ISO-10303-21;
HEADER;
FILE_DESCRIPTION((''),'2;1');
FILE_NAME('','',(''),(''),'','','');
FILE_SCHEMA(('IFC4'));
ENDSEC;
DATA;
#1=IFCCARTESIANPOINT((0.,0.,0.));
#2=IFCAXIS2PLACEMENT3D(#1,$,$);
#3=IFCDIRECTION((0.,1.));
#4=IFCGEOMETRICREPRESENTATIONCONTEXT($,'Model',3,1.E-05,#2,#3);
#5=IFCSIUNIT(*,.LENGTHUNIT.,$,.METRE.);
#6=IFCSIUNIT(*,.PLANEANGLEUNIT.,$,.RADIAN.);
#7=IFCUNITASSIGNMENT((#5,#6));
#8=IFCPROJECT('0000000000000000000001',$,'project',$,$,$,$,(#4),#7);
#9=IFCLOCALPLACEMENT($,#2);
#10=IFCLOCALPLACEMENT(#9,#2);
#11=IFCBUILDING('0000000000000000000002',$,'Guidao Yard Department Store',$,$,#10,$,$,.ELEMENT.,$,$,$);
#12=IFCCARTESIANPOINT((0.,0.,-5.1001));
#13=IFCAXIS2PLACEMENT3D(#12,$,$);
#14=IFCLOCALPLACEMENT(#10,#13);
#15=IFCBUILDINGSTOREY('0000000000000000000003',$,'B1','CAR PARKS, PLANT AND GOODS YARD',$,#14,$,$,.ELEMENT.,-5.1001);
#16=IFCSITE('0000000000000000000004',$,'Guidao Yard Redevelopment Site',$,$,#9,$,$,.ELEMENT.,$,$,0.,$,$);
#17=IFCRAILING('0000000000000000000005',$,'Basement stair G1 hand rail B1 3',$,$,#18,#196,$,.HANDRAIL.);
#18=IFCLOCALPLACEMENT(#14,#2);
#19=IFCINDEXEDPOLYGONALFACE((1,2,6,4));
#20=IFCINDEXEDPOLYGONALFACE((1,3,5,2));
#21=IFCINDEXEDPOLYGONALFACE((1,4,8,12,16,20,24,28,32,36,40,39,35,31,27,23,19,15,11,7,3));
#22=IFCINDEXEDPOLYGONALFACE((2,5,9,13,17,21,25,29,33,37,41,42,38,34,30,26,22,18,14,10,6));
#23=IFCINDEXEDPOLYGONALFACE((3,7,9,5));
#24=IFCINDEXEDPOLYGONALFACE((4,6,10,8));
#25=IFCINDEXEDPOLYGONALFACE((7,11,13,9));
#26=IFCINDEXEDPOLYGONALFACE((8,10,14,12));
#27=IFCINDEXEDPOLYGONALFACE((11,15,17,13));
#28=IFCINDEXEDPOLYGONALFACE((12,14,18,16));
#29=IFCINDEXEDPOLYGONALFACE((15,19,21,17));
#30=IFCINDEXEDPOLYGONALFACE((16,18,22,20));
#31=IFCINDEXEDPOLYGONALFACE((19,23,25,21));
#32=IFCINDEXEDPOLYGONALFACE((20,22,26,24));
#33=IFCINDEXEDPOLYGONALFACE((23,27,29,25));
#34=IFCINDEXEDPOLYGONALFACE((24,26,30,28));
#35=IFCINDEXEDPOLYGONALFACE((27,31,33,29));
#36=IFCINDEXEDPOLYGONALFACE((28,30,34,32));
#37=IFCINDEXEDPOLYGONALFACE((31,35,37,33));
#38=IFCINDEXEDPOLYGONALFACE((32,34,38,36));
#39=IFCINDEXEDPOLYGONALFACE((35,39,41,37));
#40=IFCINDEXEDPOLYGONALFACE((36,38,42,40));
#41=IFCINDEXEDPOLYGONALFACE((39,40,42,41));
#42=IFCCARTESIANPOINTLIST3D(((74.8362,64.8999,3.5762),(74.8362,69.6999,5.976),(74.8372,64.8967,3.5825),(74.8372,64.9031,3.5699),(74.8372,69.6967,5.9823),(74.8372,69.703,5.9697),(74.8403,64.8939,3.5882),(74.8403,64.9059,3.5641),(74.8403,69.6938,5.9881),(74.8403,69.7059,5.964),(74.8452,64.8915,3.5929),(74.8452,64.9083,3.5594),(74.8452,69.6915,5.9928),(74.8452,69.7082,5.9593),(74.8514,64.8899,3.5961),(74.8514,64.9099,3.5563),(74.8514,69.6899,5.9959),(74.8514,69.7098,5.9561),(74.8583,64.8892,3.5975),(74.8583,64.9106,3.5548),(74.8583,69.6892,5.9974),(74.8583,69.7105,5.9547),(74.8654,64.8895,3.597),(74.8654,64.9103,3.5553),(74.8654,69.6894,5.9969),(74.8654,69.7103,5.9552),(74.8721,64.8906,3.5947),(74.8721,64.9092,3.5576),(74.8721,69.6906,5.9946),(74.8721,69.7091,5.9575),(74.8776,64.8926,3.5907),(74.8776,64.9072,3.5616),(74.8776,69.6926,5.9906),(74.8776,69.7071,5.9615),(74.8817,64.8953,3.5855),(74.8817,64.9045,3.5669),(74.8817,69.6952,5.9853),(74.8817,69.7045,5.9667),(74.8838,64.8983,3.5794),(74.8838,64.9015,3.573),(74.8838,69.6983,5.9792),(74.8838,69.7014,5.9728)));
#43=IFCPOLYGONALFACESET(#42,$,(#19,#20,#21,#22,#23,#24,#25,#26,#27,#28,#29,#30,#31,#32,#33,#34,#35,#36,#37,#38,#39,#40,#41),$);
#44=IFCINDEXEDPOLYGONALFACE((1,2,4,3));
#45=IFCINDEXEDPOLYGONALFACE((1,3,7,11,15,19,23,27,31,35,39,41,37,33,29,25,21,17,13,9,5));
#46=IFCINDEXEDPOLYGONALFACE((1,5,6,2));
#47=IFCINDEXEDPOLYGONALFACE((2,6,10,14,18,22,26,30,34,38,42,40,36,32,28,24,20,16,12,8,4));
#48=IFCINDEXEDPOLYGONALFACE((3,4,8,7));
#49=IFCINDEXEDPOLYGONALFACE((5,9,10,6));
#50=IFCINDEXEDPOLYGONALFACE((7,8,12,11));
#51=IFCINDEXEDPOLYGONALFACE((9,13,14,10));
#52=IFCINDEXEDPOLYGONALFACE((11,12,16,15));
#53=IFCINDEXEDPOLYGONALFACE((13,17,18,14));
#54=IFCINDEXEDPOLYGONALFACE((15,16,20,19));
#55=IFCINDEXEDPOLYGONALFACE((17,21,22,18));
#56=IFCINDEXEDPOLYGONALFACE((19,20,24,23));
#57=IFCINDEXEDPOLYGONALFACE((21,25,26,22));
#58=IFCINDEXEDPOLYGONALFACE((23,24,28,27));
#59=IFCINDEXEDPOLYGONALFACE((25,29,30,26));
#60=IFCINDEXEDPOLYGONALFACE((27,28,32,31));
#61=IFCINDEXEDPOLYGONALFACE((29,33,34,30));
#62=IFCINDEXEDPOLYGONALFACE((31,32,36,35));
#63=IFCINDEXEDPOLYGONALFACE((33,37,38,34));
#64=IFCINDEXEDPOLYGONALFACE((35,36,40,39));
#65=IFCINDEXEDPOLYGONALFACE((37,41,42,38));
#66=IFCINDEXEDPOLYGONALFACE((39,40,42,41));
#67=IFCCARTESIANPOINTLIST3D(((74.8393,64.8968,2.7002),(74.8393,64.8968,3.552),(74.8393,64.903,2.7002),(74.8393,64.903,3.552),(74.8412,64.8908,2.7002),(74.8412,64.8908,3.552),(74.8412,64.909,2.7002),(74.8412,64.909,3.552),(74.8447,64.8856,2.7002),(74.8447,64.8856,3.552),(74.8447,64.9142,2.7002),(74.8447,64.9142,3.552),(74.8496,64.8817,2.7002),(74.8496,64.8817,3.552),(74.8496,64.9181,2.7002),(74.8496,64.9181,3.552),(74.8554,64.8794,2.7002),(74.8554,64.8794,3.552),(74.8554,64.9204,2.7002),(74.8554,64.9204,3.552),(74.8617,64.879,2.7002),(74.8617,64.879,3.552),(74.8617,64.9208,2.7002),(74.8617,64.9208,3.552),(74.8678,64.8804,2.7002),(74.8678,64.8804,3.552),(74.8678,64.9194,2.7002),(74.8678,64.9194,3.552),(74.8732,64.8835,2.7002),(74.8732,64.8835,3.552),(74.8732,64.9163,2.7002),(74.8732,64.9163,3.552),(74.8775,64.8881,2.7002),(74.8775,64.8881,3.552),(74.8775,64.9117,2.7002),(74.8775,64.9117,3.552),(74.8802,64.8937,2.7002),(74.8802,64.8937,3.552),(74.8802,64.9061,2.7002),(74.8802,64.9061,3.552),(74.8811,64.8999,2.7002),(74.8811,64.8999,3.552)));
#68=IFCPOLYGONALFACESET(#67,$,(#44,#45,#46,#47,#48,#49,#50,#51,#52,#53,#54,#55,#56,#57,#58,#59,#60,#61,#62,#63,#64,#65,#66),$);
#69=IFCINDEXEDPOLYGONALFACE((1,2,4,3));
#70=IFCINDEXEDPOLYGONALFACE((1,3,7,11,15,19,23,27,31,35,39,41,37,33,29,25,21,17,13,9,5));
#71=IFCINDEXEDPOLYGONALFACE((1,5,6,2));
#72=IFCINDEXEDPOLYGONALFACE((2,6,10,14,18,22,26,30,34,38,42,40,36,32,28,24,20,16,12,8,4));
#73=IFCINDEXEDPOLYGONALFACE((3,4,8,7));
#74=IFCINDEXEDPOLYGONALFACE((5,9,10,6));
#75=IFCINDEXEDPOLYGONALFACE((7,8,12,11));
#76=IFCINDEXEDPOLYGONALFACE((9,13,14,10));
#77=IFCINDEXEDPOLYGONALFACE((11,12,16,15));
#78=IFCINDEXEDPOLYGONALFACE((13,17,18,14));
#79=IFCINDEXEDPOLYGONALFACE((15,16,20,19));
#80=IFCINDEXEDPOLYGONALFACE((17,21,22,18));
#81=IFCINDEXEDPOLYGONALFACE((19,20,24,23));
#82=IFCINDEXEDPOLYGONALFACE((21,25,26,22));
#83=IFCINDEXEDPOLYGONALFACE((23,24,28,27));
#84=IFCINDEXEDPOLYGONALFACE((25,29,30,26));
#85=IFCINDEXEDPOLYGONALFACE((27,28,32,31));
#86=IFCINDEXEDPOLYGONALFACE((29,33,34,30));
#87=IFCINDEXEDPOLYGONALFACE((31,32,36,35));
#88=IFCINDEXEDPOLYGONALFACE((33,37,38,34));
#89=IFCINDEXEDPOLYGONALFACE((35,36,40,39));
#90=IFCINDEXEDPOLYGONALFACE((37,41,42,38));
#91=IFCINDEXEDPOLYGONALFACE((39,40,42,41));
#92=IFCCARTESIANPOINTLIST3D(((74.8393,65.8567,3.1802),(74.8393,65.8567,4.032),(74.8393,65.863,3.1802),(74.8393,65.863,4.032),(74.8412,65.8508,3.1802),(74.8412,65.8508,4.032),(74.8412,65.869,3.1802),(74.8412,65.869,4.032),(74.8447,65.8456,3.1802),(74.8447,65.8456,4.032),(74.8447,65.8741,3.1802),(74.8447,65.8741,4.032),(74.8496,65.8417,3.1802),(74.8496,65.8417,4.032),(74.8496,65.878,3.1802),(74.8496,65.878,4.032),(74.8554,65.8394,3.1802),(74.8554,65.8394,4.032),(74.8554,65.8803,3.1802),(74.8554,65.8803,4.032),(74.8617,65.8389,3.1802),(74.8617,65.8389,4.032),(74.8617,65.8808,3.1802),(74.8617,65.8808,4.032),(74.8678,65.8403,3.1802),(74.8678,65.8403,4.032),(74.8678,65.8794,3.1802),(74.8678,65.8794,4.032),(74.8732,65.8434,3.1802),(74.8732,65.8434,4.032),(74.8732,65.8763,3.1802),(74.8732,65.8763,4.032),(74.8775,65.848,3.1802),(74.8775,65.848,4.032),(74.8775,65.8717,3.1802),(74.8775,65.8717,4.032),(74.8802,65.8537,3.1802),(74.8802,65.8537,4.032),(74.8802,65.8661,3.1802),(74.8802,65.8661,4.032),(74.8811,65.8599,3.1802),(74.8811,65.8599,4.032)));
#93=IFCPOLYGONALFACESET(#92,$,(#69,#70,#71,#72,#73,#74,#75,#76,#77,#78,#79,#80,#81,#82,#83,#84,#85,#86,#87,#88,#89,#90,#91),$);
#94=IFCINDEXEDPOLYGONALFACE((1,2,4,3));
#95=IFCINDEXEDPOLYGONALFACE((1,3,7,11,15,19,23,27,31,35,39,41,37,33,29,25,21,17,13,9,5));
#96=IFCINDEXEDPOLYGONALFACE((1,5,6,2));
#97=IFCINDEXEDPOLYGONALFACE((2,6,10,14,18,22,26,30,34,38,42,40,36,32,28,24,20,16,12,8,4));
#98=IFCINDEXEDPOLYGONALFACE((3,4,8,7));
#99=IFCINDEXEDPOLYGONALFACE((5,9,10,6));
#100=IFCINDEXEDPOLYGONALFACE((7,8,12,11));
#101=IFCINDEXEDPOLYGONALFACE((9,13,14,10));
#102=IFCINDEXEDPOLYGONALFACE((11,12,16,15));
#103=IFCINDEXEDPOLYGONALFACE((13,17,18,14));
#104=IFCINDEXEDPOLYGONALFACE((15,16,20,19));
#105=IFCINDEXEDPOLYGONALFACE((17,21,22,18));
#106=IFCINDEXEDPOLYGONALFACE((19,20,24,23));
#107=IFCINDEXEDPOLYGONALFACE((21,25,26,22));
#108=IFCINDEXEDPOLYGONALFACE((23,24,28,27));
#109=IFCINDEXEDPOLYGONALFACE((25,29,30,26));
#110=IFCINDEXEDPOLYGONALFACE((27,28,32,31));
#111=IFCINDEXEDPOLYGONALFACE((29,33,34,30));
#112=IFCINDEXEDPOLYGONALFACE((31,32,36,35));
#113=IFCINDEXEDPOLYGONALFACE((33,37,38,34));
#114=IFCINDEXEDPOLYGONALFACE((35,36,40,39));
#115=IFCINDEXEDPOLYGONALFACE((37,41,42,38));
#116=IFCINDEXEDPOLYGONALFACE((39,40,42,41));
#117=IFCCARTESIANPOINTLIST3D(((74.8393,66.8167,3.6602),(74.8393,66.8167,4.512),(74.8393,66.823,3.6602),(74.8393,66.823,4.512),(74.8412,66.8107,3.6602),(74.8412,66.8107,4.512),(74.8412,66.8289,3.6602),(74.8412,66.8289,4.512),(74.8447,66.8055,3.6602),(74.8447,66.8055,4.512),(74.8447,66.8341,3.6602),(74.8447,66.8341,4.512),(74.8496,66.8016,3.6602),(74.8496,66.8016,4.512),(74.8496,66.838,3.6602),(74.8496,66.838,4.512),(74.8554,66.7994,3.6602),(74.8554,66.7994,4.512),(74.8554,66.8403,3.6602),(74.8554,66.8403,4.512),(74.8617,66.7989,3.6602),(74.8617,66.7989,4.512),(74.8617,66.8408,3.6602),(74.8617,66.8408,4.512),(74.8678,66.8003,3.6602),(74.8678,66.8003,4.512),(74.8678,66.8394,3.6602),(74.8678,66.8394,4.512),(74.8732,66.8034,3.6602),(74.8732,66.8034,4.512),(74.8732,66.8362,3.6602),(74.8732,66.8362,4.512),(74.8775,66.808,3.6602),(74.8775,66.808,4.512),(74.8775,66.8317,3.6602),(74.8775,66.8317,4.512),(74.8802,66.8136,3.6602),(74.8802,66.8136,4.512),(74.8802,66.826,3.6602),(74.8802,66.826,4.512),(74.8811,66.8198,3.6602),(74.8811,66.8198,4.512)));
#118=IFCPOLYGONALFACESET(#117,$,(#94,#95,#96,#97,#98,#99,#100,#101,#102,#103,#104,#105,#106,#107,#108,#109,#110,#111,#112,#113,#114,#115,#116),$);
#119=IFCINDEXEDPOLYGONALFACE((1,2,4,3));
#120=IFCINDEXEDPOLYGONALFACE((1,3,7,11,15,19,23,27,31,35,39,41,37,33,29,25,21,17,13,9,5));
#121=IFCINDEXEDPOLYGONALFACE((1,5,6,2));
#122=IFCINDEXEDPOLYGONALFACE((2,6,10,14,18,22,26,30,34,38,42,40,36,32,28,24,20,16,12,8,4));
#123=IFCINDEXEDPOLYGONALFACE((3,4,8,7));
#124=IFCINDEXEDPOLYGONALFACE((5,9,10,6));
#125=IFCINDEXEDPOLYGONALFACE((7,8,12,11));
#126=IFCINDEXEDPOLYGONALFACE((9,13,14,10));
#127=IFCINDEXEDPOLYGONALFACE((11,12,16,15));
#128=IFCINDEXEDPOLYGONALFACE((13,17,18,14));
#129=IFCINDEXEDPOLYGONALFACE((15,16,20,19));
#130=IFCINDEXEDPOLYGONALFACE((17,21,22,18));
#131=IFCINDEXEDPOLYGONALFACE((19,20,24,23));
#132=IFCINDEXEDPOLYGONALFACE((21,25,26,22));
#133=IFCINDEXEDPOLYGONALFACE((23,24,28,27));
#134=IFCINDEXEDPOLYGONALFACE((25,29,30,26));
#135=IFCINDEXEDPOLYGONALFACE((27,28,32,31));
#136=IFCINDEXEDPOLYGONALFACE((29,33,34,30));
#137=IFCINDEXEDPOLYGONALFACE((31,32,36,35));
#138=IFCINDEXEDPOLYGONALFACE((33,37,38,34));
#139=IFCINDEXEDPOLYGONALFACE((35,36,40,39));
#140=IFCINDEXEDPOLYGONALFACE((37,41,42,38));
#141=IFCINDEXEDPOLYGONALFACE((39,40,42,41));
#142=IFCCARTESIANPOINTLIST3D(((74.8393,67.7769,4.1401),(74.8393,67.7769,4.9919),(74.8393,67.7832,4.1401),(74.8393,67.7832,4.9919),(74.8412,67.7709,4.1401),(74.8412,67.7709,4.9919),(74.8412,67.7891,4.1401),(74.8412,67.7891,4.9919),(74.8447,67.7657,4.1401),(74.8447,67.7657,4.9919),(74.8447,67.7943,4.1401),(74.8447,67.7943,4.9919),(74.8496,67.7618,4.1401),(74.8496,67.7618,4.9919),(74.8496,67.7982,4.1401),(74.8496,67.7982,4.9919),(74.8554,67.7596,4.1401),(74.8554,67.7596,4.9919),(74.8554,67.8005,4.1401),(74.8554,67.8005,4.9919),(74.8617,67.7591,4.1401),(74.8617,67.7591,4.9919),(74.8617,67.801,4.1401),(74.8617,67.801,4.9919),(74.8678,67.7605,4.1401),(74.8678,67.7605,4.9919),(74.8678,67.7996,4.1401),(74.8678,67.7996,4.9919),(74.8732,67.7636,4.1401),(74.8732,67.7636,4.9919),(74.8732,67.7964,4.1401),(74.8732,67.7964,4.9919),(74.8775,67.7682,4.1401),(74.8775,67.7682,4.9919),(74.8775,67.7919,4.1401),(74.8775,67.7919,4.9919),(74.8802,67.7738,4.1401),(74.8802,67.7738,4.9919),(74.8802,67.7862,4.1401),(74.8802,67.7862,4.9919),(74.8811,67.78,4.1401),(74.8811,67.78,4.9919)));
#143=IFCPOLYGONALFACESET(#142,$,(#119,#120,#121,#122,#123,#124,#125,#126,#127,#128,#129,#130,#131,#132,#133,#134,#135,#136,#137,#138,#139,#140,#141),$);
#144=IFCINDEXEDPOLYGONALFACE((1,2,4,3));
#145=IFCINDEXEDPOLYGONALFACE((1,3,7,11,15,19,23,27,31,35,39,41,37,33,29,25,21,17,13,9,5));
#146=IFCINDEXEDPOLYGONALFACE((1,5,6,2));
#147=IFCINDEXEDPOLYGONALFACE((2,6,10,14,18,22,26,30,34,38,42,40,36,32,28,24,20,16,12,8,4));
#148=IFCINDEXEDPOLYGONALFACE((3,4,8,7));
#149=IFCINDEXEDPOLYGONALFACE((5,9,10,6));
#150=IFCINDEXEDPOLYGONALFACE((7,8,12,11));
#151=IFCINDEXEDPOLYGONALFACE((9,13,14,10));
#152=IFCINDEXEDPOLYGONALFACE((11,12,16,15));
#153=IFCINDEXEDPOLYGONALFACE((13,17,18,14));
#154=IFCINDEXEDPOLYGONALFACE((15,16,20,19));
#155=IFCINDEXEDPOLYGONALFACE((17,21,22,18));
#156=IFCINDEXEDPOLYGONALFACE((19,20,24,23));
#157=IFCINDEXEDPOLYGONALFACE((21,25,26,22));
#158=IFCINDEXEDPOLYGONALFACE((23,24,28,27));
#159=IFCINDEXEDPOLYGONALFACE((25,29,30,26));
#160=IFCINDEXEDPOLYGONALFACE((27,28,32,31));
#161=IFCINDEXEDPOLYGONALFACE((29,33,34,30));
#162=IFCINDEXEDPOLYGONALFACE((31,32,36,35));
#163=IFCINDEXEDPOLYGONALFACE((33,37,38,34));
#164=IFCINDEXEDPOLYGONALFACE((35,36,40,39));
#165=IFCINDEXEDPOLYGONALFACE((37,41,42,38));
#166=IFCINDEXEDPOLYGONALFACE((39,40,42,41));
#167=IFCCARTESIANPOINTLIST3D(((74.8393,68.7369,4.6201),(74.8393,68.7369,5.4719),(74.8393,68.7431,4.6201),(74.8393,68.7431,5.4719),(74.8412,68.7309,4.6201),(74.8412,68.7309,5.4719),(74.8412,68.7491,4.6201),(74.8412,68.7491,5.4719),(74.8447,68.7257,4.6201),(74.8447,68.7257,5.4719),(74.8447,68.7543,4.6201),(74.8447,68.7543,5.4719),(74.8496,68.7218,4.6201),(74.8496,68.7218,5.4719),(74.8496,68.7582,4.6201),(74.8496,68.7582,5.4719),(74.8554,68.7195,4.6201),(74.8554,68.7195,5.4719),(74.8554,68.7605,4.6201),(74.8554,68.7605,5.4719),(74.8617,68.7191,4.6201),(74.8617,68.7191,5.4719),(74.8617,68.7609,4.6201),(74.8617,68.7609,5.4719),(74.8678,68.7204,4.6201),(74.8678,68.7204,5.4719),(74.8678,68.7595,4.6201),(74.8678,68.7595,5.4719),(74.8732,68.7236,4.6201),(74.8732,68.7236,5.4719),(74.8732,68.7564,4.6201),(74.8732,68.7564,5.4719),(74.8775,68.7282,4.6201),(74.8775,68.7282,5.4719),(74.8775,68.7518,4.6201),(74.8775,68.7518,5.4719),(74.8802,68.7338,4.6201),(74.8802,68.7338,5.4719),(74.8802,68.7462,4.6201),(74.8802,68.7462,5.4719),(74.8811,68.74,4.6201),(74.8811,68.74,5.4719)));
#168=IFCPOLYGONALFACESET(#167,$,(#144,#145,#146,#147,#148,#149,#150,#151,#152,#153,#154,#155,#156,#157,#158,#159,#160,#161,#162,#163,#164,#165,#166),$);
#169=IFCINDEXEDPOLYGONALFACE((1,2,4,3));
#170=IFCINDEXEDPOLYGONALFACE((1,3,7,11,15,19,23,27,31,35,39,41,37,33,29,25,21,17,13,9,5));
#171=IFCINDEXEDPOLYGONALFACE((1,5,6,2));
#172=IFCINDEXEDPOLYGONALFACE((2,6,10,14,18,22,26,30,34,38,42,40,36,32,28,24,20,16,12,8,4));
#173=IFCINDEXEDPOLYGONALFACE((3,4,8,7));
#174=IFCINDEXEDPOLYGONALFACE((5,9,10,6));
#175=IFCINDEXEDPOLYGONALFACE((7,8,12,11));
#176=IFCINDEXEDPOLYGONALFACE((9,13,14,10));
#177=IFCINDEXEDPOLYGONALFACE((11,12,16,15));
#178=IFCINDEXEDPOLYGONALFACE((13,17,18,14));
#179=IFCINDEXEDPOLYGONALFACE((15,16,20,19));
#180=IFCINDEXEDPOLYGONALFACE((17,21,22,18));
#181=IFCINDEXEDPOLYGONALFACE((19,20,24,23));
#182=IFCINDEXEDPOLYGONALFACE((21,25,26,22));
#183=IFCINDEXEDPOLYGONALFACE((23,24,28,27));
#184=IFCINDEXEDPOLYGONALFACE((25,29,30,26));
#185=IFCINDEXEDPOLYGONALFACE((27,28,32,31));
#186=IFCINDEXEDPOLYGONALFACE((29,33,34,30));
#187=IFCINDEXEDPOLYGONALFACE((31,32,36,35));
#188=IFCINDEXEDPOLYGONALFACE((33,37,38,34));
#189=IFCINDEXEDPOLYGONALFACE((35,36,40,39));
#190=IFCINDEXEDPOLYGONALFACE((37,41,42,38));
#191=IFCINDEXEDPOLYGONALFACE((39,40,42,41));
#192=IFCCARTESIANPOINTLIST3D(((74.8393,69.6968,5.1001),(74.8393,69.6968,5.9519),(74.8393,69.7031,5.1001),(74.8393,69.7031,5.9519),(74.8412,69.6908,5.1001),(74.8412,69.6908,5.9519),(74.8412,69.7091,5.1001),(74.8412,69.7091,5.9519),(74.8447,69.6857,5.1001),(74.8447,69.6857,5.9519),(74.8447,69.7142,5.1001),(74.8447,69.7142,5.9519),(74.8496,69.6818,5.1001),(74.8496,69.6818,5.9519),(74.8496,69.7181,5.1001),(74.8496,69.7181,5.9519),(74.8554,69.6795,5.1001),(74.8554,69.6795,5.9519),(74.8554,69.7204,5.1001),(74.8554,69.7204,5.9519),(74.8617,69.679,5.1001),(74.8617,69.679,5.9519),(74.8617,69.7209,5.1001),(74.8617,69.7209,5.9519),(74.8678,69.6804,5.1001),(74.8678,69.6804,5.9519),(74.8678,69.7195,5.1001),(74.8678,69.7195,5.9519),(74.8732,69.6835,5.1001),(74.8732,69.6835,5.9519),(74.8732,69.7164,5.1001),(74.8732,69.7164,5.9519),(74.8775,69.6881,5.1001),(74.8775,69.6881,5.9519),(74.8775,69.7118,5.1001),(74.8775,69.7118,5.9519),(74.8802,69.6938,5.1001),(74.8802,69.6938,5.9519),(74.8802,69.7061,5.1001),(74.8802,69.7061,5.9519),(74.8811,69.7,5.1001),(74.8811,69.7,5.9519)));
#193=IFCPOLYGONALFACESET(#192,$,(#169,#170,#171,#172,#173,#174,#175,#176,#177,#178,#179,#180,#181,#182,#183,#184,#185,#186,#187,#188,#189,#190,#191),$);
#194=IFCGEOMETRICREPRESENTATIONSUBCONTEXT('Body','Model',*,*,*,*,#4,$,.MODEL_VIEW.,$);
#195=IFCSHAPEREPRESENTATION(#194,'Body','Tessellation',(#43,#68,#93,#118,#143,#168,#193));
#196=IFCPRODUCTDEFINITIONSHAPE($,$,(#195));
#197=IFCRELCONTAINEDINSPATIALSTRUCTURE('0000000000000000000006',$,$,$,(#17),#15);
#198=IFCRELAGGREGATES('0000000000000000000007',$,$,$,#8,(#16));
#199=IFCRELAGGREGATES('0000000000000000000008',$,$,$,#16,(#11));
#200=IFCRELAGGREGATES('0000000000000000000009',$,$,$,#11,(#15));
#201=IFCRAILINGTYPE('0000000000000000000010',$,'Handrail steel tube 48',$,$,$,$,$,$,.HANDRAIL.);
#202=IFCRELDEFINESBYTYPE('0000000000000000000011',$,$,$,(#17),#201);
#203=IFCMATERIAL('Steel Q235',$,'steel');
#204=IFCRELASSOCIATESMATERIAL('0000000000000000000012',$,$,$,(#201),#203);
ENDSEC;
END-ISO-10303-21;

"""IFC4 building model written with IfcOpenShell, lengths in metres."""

from ifc_helpers import new_model, si_unit, direction, frame, origin, origin_2d, place, context, subcontext, project, spatial, circle, extrude, material, type_object, element, save


model = new_model("IFC4")

# Units and contexts
model_context = context("Model", 3, precision=1e-05, world=origin(), true_north=direction((0.0, 1.0)))
body_context = subcontext(model_context, "Body", "Model", "MODEL_VIEW")
ifc_project = project(units=[si_unit("LENGTHUNIT", "METRE"), si_unit("PLANEANGLEUNIT", "RADIAN")], contexts=[model_context])

# Site, building, storey
site_placement = place(None, origin())
site = spatial("IfcSite", under=ifc_project, at=site_placement, Name="Guidao Yard Redevelopment Site", CompositionType="ELEMENT", RefElevation=0.0)
building_placement = place(site_placement, origin())
building = spatial("IfcBuilding", under=site, at=building_placement, Name="Guidao Yard Department Store", CompositionType="ELEMENT")
storey_placement = place(building_placement, frame((0.0, 0.0, -5.1001)))
storey = spatial("IfcBuildingStorey", under=building, at=storey_placement, Name="B1", Description="CAR PARKS, PLANT AND GOODS YARD", CompositionType="ELEMENT", Elevation=-5.1001)

# Railing
ifc_material_1 = material(Name="Steel Q235", Category="steel")
railing_type_1 = type_object("IfcRailingType", Name="Handrail steel tube 48", PredefinedType="HANDRAIL", material=ifc_material_1)
for number, where, name in (
    (1, (74.8601, 64.8999, 2.7002), "Basement stair G1 hand rail B1 3"),
):
    element("IfcRailing", number, at=place(storey_placement, frame(where)), inside=storey, type_object=railing_type_1, Name=name, PredefinedType="HANDRAIL", context=body_context, shape_type="SweptSolid", body=[
        extrude(circle(Radius=0.0239, at=origin_2d()), frame((0.0, 0.0, 0.876), z_axis=(0.0, 0.894436, 0.447195), x_axis=(-1.0, 0.0, 0.0)), (0.0, 0.0, 1.0), 5.3665),
        extrude(circle(Radius=0.021, at=origin_2d()), origin(), (0.0, 0.0, 1.0), 0.8518),
        extrude(circle(Radius=0.021, at=origin_2d()), frame((0.0, 0.96, 0.48)), (0.0, 0.0, 1.0), 0.8518),
        extrude(circle(Radius=0.021, at=origin_2d()), frame((0.0, 1.9199, 0.96)), (0.0, 0.0, 1.0), 0.8518),
        extrude(circle(Radius=0.021, at=origin_2d()), frame((0.0, 2.8801, 1.4399)), (0.0, 0.0, 1.0), 0.8518),
        extrude(circle(Radius=0.021, at=origin_2d()), frame((0.0, 3.8401, 1.9199)), (0.0, 0.0, 1.0), 0.8518),
        extrude(circle(Radius=0.021, at=origin_2d()), frame((0.0, 4.8, 2.3999)), (0.0, 0.0, 1.0), 0.8518),
    ])

save(model, "model.ifc")
